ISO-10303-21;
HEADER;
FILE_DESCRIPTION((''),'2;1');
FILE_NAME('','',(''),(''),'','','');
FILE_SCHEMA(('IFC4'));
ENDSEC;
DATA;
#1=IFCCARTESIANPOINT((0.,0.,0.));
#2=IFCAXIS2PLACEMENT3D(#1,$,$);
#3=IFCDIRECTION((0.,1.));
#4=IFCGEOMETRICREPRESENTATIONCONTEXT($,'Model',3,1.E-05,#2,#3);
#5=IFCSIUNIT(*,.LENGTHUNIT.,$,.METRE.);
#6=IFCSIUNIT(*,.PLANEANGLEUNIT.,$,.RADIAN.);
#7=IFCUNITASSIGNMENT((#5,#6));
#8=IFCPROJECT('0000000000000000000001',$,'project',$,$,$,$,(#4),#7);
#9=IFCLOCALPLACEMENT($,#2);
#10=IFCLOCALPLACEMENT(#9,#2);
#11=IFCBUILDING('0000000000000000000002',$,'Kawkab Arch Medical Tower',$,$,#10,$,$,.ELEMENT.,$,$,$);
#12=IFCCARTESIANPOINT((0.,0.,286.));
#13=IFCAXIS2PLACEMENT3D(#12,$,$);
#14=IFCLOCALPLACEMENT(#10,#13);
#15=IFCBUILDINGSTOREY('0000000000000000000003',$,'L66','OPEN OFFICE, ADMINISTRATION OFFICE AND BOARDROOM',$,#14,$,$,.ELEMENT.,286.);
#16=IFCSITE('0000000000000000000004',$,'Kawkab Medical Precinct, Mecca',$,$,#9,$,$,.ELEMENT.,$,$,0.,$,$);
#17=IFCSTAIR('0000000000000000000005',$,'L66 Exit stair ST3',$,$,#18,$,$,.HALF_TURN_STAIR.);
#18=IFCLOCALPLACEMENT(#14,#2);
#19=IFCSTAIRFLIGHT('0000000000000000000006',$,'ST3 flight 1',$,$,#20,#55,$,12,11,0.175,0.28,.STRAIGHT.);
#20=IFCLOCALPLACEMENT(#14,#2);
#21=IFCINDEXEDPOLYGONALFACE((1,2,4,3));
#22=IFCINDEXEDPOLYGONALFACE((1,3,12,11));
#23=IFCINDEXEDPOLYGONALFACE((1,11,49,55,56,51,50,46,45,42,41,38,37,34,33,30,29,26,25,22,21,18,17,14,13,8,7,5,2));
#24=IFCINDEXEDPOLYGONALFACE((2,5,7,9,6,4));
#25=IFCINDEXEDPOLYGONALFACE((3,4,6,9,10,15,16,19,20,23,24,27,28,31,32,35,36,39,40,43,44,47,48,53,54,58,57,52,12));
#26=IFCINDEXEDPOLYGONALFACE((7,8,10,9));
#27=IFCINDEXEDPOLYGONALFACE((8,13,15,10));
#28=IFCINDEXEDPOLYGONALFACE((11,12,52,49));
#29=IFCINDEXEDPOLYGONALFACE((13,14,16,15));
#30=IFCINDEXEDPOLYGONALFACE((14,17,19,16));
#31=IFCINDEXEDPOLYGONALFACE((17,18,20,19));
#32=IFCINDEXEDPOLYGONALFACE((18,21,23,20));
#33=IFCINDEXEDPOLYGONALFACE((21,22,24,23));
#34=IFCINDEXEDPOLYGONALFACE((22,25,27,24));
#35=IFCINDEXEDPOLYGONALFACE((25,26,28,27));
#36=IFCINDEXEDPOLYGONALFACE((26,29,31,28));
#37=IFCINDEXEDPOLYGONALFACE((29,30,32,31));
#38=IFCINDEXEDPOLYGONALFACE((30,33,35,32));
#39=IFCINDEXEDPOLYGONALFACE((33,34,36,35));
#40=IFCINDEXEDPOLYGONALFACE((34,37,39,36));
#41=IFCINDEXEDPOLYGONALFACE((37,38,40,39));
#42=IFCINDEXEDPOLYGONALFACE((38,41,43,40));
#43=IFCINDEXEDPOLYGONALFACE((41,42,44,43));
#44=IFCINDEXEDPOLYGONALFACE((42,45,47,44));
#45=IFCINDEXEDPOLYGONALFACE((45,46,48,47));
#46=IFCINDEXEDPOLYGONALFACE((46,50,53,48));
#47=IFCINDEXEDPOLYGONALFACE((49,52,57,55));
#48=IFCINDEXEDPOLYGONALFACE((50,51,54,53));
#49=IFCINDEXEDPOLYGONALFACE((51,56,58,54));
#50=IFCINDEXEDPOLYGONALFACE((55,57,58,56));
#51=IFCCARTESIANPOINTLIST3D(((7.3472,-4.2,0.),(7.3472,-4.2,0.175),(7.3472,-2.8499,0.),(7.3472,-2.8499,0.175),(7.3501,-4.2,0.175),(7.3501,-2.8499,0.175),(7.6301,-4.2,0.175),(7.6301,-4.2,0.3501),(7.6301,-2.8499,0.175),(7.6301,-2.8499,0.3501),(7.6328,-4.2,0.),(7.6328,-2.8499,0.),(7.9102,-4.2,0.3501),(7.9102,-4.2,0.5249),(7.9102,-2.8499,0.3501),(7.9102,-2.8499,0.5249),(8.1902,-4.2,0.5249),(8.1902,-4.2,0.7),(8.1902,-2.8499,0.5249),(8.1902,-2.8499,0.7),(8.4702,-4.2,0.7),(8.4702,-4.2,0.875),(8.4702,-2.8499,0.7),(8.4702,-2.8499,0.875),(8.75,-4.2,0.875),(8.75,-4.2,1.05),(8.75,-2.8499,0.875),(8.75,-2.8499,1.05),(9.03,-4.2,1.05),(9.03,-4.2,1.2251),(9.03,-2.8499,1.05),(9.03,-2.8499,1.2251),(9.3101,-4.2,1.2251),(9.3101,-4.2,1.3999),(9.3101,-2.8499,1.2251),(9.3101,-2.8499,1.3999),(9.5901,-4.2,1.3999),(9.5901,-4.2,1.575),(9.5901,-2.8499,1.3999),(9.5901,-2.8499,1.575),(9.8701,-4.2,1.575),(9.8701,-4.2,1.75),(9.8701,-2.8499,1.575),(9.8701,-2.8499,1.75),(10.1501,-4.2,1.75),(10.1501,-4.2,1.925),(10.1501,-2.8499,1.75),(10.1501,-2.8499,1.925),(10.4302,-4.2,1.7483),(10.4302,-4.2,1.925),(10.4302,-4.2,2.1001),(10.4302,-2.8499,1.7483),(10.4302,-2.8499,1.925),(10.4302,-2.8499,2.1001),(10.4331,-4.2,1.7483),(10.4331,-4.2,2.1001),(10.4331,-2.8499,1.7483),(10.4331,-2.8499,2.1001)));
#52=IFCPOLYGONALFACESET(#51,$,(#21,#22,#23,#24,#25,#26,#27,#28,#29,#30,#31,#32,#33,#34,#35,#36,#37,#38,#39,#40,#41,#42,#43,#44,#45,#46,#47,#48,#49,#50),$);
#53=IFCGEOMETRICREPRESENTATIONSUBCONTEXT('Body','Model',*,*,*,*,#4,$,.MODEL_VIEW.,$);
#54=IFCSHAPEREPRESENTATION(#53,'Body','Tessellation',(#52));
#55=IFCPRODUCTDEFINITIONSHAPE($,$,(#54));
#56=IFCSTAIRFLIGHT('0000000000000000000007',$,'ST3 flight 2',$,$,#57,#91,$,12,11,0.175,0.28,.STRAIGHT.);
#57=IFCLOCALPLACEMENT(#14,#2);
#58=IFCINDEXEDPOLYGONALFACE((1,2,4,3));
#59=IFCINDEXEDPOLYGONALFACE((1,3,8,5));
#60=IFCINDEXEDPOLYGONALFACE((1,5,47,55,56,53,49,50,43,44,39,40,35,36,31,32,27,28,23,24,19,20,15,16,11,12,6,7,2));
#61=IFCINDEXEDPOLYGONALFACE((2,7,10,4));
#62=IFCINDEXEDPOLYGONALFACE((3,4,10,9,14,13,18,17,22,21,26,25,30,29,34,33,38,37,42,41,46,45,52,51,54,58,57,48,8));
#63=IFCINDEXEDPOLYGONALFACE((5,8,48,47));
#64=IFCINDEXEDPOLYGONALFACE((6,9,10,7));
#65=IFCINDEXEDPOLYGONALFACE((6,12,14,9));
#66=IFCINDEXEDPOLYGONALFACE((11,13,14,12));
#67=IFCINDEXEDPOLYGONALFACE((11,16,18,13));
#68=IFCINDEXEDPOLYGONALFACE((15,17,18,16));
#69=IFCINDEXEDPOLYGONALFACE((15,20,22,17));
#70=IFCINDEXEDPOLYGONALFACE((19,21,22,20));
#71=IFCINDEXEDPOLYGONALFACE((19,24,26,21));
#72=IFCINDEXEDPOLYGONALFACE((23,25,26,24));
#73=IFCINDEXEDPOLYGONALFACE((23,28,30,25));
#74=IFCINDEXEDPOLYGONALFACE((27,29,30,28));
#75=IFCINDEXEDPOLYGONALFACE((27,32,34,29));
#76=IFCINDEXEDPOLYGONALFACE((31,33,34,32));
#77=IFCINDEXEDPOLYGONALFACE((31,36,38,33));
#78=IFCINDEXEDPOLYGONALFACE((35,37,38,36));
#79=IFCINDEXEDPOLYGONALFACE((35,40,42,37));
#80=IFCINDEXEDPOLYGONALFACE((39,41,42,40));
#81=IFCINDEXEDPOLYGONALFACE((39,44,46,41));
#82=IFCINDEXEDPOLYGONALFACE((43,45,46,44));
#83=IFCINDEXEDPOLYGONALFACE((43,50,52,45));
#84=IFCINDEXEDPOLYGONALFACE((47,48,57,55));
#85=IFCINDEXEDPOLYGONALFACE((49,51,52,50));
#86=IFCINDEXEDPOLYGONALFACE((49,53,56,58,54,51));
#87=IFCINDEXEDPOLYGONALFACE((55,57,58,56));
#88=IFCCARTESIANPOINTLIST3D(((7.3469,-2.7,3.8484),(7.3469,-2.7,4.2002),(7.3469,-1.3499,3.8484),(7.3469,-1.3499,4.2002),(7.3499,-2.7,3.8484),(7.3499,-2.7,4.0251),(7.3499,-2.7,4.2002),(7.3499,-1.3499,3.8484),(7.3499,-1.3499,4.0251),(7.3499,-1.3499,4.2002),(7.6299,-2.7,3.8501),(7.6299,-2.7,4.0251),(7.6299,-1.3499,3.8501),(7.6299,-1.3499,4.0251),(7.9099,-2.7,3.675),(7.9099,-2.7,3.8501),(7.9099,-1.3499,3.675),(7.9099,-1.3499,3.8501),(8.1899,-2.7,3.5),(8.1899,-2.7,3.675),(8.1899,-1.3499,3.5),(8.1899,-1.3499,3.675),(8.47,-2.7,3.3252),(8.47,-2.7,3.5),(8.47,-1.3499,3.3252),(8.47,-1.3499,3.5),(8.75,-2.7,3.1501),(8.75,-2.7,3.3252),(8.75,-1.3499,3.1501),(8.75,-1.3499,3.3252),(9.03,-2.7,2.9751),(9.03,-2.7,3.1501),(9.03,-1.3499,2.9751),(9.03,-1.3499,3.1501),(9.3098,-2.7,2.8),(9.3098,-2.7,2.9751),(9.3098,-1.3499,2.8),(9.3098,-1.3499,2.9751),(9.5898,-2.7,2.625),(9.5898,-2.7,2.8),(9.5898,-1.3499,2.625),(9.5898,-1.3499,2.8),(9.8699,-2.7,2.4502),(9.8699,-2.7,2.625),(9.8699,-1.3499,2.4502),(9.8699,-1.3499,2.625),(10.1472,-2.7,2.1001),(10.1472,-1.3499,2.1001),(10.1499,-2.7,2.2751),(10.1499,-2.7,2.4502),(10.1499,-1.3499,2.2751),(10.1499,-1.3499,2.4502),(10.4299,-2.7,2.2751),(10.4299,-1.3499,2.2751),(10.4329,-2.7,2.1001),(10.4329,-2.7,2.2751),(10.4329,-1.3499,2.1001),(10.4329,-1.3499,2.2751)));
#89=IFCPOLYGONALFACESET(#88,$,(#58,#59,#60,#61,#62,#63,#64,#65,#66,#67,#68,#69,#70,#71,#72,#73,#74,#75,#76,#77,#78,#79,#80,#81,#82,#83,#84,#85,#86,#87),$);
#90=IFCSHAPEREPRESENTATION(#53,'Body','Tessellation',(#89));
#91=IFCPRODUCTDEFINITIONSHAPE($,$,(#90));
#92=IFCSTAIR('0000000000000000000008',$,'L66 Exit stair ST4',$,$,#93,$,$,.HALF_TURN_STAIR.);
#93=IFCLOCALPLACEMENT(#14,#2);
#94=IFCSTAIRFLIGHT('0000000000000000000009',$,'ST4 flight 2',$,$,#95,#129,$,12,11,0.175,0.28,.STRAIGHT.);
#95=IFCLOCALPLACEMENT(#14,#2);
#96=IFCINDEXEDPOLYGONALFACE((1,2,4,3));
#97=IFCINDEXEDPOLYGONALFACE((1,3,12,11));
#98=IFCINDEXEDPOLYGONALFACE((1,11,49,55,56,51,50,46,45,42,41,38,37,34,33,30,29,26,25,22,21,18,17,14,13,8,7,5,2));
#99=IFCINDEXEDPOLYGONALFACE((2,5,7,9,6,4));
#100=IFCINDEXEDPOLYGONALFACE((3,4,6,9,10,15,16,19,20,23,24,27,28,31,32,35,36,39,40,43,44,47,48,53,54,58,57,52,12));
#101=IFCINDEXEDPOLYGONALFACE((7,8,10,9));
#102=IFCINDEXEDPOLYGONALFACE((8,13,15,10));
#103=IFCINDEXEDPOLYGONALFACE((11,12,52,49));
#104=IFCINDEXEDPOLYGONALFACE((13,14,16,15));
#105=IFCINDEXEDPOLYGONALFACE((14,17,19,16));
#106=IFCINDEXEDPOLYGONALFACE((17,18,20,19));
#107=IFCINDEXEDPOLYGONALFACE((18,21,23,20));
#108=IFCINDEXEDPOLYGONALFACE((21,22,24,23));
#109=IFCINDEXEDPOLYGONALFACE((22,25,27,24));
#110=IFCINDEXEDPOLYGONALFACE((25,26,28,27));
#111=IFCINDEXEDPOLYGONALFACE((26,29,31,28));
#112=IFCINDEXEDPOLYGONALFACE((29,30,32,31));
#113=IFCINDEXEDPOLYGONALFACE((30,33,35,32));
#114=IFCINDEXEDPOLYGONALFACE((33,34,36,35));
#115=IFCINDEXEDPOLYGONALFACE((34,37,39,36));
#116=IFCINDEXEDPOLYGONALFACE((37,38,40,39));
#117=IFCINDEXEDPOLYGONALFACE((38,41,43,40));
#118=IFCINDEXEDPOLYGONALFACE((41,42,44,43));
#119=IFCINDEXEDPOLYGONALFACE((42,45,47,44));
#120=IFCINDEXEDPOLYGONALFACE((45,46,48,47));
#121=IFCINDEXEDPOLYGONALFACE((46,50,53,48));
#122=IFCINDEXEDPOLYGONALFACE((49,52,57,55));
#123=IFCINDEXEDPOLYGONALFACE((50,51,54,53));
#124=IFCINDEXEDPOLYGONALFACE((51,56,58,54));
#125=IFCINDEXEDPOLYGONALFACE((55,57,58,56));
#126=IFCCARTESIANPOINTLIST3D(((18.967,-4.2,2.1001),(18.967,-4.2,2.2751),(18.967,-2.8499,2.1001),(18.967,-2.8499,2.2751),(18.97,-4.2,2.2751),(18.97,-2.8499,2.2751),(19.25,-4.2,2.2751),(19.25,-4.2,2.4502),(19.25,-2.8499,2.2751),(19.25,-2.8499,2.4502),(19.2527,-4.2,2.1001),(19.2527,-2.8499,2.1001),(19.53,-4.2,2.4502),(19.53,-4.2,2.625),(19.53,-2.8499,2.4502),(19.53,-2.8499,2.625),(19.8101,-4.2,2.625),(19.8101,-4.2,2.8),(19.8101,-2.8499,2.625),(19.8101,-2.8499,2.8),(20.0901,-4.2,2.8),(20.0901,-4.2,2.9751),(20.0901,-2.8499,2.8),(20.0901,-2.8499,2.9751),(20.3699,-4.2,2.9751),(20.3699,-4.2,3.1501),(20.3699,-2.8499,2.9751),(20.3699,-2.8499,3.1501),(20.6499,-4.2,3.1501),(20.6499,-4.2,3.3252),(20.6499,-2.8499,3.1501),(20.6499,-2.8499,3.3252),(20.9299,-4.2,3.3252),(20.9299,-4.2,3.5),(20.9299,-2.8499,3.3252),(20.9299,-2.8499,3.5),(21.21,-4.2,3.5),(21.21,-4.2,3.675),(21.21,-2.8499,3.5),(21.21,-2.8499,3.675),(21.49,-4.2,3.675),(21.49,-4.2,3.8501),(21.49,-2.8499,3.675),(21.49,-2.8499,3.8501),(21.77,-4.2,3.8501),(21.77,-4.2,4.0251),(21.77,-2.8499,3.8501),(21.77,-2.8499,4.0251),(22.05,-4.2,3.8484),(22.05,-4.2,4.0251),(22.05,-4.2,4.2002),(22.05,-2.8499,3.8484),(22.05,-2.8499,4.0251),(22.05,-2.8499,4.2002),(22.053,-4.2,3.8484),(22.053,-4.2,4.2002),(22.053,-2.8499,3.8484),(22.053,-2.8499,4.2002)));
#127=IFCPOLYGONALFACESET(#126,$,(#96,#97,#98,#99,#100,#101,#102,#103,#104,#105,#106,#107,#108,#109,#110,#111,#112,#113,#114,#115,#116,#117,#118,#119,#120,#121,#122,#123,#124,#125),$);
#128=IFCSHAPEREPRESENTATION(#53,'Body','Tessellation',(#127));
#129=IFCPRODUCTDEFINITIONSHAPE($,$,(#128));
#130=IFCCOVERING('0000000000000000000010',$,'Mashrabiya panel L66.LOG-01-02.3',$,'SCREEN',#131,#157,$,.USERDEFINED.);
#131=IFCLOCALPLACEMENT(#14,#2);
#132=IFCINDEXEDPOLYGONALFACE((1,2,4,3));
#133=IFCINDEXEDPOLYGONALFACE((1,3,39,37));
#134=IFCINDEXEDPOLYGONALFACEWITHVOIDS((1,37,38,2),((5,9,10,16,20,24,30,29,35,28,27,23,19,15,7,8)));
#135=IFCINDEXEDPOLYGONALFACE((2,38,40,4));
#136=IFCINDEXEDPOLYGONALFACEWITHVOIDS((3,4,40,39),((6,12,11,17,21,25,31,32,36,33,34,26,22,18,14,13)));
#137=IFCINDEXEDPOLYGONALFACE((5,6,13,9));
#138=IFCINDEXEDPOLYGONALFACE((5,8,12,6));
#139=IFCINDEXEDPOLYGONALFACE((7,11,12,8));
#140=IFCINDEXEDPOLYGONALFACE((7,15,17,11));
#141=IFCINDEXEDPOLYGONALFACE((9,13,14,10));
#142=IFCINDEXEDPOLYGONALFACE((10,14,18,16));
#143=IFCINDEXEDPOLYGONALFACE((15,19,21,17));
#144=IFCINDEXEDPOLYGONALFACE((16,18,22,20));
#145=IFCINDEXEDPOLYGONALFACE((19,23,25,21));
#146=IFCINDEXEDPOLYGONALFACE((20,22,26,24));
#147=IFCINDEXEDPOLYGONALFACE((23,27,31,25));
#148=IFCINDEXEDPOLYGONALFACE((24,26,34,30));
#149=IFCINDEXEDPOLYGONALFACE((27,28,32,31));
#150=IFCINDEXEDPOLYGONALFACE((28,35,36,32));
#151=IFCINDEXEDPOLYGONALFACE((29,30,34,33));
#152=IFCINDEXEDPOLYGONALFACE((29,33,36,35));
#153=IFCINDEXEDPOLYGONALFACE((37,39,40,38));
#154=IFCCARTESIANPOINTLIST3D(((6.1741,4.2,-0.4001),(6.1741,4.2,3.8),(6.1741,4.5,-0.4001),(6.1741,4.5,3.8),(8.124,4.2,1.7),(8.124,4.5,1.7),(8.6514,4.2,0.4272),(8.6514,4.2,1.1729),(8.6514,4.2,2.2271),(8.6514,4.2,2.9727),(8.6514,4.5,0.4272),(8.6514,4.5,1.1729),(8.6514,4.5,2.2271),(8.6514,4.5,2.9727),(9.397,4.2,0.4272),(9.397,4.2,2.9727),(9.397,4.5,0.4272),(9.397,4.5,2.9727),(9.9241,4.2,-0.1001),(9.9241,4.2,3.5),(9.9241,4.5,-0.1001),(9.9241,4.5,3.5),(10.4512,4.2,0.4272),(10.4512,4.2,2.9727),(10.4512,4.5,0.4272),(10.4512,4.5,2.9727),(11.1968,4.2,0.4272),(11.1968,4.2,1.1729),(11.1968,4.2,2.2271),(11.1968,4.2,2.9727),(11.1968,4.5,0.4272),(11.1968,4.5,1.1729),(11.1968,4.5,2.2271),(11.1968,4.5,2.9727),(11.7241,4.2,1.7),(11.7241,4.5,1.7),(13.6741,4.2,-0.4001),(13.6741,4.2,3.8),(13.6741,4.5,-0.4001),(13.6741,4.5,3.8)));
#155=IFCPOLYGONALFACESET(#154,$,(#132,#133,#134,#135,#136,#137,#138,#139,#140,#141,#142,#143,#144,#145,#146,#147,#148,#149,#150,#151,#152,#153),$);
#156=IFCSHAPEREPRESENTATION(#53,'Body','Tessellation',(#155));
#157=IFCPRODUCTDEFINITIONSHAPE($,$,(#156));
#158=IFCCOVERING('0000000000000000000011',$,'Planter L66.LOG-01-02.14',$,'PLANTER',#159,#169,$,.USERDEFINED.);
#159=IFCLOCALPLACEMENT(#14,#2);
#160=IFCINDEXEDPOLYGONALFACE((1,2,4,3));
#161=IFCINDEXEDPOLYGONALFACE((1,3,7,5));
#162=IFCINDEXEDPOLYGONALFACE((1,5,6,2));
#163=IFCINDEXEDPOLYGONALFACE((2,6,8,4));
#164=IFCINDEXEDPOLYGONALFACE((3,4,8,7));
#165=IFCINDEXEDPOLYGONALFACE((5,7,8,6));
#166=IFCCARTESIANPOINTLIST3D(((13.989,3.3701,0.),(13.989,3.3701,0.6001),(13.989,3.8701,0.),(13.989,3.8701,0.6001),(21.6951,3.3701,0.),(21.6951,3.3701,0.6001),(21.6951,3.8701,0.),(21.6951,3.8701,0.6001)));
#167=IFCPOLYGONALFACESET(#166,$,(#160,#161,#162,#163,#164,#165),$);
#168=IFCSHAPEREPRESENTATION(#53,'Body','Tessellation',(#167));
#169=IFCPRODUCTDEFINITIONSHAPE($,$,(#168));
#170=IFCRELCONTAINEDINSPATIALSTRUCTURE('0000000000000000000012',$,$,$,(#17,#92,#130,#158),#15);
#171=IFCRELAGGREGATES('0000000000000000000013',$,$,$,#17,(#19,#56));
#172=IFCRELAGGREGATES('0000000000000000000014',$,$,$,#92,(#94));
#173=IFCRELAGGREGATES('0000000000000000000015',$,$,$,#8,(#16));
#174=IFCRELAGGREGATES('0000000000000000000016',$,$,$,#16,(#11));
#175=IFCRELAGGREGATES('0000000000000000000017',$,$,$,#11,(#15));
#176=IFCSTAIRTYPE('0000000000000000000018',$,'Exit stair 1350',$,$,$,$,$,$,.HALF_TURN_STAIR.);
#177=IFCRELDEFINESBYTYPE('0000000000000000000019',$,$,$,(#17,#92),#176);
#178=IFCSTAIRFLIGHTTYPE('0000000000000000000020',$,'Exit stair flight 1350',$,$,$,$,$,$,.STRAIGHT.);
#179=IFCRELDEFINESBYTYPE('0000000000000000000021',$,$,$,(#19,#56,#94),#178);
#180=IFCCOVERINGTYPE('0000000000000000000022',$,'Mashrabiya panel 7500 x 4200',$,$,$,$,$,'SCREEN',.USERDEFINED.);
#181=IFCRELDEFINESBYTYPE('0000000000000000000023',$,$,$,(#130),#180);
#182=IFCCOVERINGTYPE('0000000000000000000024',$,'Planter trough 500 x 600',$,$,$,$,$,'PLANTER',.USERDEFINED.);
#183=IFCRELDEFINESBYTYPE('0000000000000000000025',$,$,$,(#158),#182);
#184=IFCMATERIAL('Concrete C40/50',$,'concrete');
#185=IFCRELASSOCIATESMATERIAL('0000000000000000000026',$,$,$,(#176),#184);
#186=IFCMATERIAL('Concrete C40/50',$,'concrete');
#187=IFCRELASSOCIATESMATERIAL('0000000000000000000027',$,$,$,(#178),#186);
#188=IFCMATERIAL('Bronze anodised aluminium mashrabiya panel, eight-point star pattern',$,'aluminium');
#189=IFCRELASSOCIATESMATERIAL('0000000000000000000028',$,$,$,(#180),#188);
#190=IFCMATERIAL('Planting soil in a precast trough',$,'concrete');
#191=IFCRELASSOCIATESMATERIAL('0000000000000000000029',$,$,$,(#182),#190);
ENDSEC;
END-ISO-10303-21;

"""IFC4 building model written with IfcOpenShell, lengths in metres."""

from ifc_helpers import new_model, si_unit, direction, frame, origin, origin_2d, place, context, subcontext, project, spatial, polyline, rectangle, outline, extrude, material, material_profile, profile_set, type_object, element, aggregate, save


model = new_model("IFC4")

# Units and contexts
model_context = context("Model", 3, precision=1e-05, world=origin(), true_north=direction((0.0, 1.0)))
body_context = subcontext(model_context, "Body", "Model", "MODEL_VIEW")
ifc_project = project(units=[si_unit("LENGTHUNIT", "METRE"), si_unit("PLANEANGLEUNIT", "RADIAN")], contexts=[model_context])

# Site, building, storey
site_placement = place(None, origin())
site = spatial("IfcSite", under=ifc_project, at=site_placement, Name="Kawkab Medical Precinct, Mecca", CompositionType="ELEMENT", RefElevation=0.0)
building_placement = place(site_placement, origin())
building = spatial("IfcBuilding", under=site, at=building_placement, Name="Kawkab Arch Medical Tower", CompositionType="ELEMENT")
storey_placement = place(building_placement, frame((0.0, 0.0, 286.0)))
storey = spatial("IfcBuildingStorey", under=building, at=storey_placement, Name="L66", Description="OPEN OFFICE, ADMINISTRATION OFFICE AND BOARDROOM", CompositionType="ELEMENT", Elevation=286.0)

# Shared definitions
placement = place(storey_placement, origin())

# Stair, stair flights
ifc_material_1 = material(Name="Concrete C40/50", Category="concrete")
stair_type = type_object("IfcStairType", Name="Exit stair 1350", PredefinedType="HALF_TURN_STAIR", material=ifc_material_1)
stair_1 = element("IfcStair", 1, at=placement, inside=storey, type_object=stair_type, Name="L66 Exit stair ST3", PredefinedType="HALF_TURN_STAIR")
ifc_material_2 = material(Name="Concrete C40/50", Category="concrete")
stair_flight_type = type_object("IfcStairFlightType", Name="Exit stair flight 1350", PredefinedType="STRAIGHT", material=ifc_material_2)
stair_flight_1_placement = place(storey_placement, frame((7.3501, -3.5249, 0.0), z_axis=(0.0, 0.0, 1.0), x_axis=(1.0, 0.0, 0.0)))
stair_flight_1 = element("IfcStairFlight", 2, at=stair_flight_1_placement, type_object=stair_flight_type, Name="ST3 flight 1", NumberOfRisers=12, NumberOfTreads=11, PredefinedType="STRAIGHT", RiserHeight=0.175, TreadLength=0.28, context=body_context, shape_type="SweptSolid", body=[
    extrude(outline(polyline([(-0.0029, 0.0), (-0.0029, 0.175), (0.0, 0.175), (0.28, 0.175), (0.28, 0.3501), (0.5601, 0.3501), (0.5601, 0.5249), (0.8401, 0.5249), (0.8401, 0.7), (1.1201, 0.7), (1.1201, 0.875), (1.3999, 0.875), (1.3999, 1.05), (1.6799, 1.05), (1.6799, 1.2251), (1.96, 1.2251), (1.96, 1.3999), (2.24, 1.3999), (2.24, 1.575), (2.52, 1.575), (2.52, 1.75), (2.8, 1.75), (2.8, 1.925), (3.0801, 1.925), (3.0801, 2.1001), (3.083, 2.1001), (3.083, 1.7483), (3.0801, 1.7483), (0.2827, 0.0), (-0.0029, 0.0)])), frame((0.0, 0.675, 0.0), z_axis=(0.0, -1.0, 0.0), x_axis=(1.0, 0.0, 0.0)), (0.0, 0.0, 1.0), 1.3501),
])
stair_flight_2_placement = place(storey_placement, frame((10.4299, -2.0249, 2.1001), z_axis=(0.0, 0.0, 1.0), x_axis=(-1.0, 0.0, 0.0)))
stair_flight_2 = element("IfcStairFlight", 3, at=stair_flight_2_placement, type_object=stair_flight_type, Name="ST3 flight 2", NumberOfRisers=12, NumberOfTreads=11, PredefinedType="STRAIGHT", RiserHeight=0.175, TreadLength=0.28, context=body_context, shape_type="SweptSolid", body=[
    extrude(outline(polyline([(-0.0029, 0.0), (-0.0029, 0.175), (0.0, 0.175), (0.28, 0.175), (0.28, 0.3501), (0.5601, 0.3501), (0.5601, 0.5249), (0.8401, 0.5249), (0.8401, 0.7), (1.1201, 0.7), (1.1201, 0.875), (1.3999, 0.875), (1.3999, 1.05), (1.6799, 1.05), (1.6799, 1.2251), (1.96, 1.2251), (1.96, 1.3999), (2.24, 1.3999), (2.24, 1.575), (2.52, 1.575), (2.52, 1.75), (2.8, 1.75), (2.8, 1.925), (3.0801, 1.925), (3.0801, 2.1001), (3.083, 2.1001), (3.083, 1.7483), (3.0801, 1.7483), (0.2827, 0.0), (-0.0029, 0.0)])), frame((0.0, 0.675, 0.0), z_axis=(0.0, -1.0, 0.0), x_axis=(1.0, 0.0, 0.0)), (0.0, 0.0, 1.0), 1.3501),
])
aggregate(stair_1, [stair_flight_1, stair_flight_2])

# Stair, stair flight
stair_2 = element("IfcStair", 4, at=placement, inside=storey, type_object=stair_type, Name="L66 Exit stair ST4", PredefinedType="HALF_TURN_STAIR")
stair_flight_3_placement = place(storey_placement, frame((18.97, -3.5249, 2.1001), z_axis=(0.0, 0.0, 1.0), x_axis=(1.0, 0.0, 0.0)))
stair_flight_3 = element("IfcStairFlight", 5, at=stair_flight_3_placement, type_object=stair_flight_type, Name="ST4 flight 2", NumberOfRisers=12, NumberOfTreads=11, PredefinedType="STRAIGHT", RiserHeight=0.175, TreadLength=0.28, context=body_context, shape_type="SweptSolid", body=[
    extrude(outline(polyline([(-0.0029, 0.0), (-0.0029, 0.175), (0.0, 0.175), (0.28, 0.175), (0.28, 0.3501), (0.5601, 0.3501), (0.5601, 0.5249), (0.8401, 0.5249), (0.8401, 0.7), (1.1201, 0.7), (1.1201, 0.875), (1.3999, 0.875), (1.3999, 1.05), (1.6799, 1.05), (1.6799, 1.2251), (1.96, 1.2251), (1.96, 1.3999), (2.24, 1.3999), (2.24, 1.575), (2.52, 1.575), (2.52, 1.75), (2.8, 1.75), (2.8, 1.925), (3.0801, 1.925), (3.0801, 2.1001), (3.083, 2.1001), (3.083, 1.7483), (3.0801, 1.7483), (0.2827, 0.0), (-0.0029, 0.0)])), frame((0.0, 0.675, 0.0), z_axis=(0.0, -1.0, 0.0), x_axis=(1.0, 0.0, 0.0)), (0.0, 0.0, 1.0), 1.3501),
])
aggregate(stair_2, [stair_flight_3])

# Coverings
ifc_material_3 = material(Name="Bronze anodised aluminium mashrabiya panel, eight-point star pattern", Category="aluminium")
ifc_material_profile_1 = material_profile(ifc_material_3, outline(polyline([(-3.75, -2.1001), (3.75, -2.1001), (3.75, 2.1001), (-3.75, 2.1001), (-3.75, -2.1001)]), holes=[polyline([(1.8, 0.0), (1.2727, 0.5271), (1.2727, 1.2727), (0.5271, 1.2727), (0.0, 1.8), (-0.5271, 1.2727), (-1.2727, 1.2727), (-1.2727, 0.5271), (-1.8, 0.0), (-1.2727, -0.5271), (-1.2727, -1.2727), (-0.5271, -1.2727), (0.0, -1.8), (0.5271, -1.2727), (1.2727, -1.2727), (1.2727, -0.5271), (1.8, 0.0)])]), Name="Mashrabiya panel 7500x4200")
ifc_profile_set_1 = profile_set([ifc_material_profile_1], Name="Bronze anodised aluminium mashrabiya panel, eight-point star pattern")
covering_type_1 = type_object("IfcCoveringType", Name="Mashrabiya panel 7500 x 4200", ElementType="SCREEN", PredefinedType="USERDEFINED", material=ifc_profile_set_1)
covering_1_placement = place(storey_placement, frame((9.9241, 4.2, 1.7), z_axis=(0.0, 1.0, 0.0), x_axis=(-1.0, 0.0, 0.0)))
element("IfcCovering", 6, at=covering_1_placement, inside=storey, type_object=covering_type_1, Name="Mashrabiya panel L66.LOG-01-02.3", ObjectType="SCREEN", PredefinedType="USERDEFINED", context=body_context, shape_type="SweptSolid", body=[
    extrude(outline(polyline([(-3.75, -2.1001), (3.75, -2.1001), (3.75, 2.1001), (-3.75, 2.1001), (-3.75, -2.1001)]), holes=[polyline([(1.8, 0.0), (1.2727, 0.5271), (1.2727, 1.2727), (0.5271, 1.2727), (0.0, 1.8), (-0.5271, 1.2727), (-1.2727, 1.2727), (-1.2727, 0.5271), (-1.8, 0.0), (-1.2727, -0.5271), (-1.2727, -1.2727), (-0.5271, -1.2727), (0.0, -1.8), (0.5271, -1.2727), (1.2727, -1.2727), (1.2727, -0.5271), (1.8, 0.0)])]), origin(), (0.0, 0.0, 1.0), 0.3),
])
ifc_material_4 = material(Name="Planting soil in a precast trough", Category="concrete")
ifc_material_profile_2 = material_profile(ifc_material_4, rectangle(XDim=0.5, YDim=0.6001, at=origin_2d()), Name="Trough 500x600")
ifc_profile_set_2 = profile_set([ifc_material_profile_2], Name="Planting soil in a precast trough")
covering_type_2 = type_object("IfcCoveringType", Name="Planter trough 500 x 600", ElementType="PLANTER", PredefinedType="USERDEFINED", material=ifc_profile_set_2)
covering_2_placement = place(storey_placement, frame((13.989, 3.6201, 0.3), z_axis=(1.0, 0.0, 0.0), x_axis=(0.0, 1.0, 0.0)))
element("IfcCovering", 7, at=covering_2_placement, inside=storey, type_object=covering_type_2, Name="Planter L66.LOG-01-02.14", ObjectType="PLANTER", PredefinedType="USERDEFINED", context=body_context, shape_type="SweptSolid", body=[
    extrude(rectangle(XDim=0.5, YDim=0.6001, at=origin_2d()), origin(), (0.0, 0.0, 1.0), 7.7061),
])

save(model, "model.ifc")
